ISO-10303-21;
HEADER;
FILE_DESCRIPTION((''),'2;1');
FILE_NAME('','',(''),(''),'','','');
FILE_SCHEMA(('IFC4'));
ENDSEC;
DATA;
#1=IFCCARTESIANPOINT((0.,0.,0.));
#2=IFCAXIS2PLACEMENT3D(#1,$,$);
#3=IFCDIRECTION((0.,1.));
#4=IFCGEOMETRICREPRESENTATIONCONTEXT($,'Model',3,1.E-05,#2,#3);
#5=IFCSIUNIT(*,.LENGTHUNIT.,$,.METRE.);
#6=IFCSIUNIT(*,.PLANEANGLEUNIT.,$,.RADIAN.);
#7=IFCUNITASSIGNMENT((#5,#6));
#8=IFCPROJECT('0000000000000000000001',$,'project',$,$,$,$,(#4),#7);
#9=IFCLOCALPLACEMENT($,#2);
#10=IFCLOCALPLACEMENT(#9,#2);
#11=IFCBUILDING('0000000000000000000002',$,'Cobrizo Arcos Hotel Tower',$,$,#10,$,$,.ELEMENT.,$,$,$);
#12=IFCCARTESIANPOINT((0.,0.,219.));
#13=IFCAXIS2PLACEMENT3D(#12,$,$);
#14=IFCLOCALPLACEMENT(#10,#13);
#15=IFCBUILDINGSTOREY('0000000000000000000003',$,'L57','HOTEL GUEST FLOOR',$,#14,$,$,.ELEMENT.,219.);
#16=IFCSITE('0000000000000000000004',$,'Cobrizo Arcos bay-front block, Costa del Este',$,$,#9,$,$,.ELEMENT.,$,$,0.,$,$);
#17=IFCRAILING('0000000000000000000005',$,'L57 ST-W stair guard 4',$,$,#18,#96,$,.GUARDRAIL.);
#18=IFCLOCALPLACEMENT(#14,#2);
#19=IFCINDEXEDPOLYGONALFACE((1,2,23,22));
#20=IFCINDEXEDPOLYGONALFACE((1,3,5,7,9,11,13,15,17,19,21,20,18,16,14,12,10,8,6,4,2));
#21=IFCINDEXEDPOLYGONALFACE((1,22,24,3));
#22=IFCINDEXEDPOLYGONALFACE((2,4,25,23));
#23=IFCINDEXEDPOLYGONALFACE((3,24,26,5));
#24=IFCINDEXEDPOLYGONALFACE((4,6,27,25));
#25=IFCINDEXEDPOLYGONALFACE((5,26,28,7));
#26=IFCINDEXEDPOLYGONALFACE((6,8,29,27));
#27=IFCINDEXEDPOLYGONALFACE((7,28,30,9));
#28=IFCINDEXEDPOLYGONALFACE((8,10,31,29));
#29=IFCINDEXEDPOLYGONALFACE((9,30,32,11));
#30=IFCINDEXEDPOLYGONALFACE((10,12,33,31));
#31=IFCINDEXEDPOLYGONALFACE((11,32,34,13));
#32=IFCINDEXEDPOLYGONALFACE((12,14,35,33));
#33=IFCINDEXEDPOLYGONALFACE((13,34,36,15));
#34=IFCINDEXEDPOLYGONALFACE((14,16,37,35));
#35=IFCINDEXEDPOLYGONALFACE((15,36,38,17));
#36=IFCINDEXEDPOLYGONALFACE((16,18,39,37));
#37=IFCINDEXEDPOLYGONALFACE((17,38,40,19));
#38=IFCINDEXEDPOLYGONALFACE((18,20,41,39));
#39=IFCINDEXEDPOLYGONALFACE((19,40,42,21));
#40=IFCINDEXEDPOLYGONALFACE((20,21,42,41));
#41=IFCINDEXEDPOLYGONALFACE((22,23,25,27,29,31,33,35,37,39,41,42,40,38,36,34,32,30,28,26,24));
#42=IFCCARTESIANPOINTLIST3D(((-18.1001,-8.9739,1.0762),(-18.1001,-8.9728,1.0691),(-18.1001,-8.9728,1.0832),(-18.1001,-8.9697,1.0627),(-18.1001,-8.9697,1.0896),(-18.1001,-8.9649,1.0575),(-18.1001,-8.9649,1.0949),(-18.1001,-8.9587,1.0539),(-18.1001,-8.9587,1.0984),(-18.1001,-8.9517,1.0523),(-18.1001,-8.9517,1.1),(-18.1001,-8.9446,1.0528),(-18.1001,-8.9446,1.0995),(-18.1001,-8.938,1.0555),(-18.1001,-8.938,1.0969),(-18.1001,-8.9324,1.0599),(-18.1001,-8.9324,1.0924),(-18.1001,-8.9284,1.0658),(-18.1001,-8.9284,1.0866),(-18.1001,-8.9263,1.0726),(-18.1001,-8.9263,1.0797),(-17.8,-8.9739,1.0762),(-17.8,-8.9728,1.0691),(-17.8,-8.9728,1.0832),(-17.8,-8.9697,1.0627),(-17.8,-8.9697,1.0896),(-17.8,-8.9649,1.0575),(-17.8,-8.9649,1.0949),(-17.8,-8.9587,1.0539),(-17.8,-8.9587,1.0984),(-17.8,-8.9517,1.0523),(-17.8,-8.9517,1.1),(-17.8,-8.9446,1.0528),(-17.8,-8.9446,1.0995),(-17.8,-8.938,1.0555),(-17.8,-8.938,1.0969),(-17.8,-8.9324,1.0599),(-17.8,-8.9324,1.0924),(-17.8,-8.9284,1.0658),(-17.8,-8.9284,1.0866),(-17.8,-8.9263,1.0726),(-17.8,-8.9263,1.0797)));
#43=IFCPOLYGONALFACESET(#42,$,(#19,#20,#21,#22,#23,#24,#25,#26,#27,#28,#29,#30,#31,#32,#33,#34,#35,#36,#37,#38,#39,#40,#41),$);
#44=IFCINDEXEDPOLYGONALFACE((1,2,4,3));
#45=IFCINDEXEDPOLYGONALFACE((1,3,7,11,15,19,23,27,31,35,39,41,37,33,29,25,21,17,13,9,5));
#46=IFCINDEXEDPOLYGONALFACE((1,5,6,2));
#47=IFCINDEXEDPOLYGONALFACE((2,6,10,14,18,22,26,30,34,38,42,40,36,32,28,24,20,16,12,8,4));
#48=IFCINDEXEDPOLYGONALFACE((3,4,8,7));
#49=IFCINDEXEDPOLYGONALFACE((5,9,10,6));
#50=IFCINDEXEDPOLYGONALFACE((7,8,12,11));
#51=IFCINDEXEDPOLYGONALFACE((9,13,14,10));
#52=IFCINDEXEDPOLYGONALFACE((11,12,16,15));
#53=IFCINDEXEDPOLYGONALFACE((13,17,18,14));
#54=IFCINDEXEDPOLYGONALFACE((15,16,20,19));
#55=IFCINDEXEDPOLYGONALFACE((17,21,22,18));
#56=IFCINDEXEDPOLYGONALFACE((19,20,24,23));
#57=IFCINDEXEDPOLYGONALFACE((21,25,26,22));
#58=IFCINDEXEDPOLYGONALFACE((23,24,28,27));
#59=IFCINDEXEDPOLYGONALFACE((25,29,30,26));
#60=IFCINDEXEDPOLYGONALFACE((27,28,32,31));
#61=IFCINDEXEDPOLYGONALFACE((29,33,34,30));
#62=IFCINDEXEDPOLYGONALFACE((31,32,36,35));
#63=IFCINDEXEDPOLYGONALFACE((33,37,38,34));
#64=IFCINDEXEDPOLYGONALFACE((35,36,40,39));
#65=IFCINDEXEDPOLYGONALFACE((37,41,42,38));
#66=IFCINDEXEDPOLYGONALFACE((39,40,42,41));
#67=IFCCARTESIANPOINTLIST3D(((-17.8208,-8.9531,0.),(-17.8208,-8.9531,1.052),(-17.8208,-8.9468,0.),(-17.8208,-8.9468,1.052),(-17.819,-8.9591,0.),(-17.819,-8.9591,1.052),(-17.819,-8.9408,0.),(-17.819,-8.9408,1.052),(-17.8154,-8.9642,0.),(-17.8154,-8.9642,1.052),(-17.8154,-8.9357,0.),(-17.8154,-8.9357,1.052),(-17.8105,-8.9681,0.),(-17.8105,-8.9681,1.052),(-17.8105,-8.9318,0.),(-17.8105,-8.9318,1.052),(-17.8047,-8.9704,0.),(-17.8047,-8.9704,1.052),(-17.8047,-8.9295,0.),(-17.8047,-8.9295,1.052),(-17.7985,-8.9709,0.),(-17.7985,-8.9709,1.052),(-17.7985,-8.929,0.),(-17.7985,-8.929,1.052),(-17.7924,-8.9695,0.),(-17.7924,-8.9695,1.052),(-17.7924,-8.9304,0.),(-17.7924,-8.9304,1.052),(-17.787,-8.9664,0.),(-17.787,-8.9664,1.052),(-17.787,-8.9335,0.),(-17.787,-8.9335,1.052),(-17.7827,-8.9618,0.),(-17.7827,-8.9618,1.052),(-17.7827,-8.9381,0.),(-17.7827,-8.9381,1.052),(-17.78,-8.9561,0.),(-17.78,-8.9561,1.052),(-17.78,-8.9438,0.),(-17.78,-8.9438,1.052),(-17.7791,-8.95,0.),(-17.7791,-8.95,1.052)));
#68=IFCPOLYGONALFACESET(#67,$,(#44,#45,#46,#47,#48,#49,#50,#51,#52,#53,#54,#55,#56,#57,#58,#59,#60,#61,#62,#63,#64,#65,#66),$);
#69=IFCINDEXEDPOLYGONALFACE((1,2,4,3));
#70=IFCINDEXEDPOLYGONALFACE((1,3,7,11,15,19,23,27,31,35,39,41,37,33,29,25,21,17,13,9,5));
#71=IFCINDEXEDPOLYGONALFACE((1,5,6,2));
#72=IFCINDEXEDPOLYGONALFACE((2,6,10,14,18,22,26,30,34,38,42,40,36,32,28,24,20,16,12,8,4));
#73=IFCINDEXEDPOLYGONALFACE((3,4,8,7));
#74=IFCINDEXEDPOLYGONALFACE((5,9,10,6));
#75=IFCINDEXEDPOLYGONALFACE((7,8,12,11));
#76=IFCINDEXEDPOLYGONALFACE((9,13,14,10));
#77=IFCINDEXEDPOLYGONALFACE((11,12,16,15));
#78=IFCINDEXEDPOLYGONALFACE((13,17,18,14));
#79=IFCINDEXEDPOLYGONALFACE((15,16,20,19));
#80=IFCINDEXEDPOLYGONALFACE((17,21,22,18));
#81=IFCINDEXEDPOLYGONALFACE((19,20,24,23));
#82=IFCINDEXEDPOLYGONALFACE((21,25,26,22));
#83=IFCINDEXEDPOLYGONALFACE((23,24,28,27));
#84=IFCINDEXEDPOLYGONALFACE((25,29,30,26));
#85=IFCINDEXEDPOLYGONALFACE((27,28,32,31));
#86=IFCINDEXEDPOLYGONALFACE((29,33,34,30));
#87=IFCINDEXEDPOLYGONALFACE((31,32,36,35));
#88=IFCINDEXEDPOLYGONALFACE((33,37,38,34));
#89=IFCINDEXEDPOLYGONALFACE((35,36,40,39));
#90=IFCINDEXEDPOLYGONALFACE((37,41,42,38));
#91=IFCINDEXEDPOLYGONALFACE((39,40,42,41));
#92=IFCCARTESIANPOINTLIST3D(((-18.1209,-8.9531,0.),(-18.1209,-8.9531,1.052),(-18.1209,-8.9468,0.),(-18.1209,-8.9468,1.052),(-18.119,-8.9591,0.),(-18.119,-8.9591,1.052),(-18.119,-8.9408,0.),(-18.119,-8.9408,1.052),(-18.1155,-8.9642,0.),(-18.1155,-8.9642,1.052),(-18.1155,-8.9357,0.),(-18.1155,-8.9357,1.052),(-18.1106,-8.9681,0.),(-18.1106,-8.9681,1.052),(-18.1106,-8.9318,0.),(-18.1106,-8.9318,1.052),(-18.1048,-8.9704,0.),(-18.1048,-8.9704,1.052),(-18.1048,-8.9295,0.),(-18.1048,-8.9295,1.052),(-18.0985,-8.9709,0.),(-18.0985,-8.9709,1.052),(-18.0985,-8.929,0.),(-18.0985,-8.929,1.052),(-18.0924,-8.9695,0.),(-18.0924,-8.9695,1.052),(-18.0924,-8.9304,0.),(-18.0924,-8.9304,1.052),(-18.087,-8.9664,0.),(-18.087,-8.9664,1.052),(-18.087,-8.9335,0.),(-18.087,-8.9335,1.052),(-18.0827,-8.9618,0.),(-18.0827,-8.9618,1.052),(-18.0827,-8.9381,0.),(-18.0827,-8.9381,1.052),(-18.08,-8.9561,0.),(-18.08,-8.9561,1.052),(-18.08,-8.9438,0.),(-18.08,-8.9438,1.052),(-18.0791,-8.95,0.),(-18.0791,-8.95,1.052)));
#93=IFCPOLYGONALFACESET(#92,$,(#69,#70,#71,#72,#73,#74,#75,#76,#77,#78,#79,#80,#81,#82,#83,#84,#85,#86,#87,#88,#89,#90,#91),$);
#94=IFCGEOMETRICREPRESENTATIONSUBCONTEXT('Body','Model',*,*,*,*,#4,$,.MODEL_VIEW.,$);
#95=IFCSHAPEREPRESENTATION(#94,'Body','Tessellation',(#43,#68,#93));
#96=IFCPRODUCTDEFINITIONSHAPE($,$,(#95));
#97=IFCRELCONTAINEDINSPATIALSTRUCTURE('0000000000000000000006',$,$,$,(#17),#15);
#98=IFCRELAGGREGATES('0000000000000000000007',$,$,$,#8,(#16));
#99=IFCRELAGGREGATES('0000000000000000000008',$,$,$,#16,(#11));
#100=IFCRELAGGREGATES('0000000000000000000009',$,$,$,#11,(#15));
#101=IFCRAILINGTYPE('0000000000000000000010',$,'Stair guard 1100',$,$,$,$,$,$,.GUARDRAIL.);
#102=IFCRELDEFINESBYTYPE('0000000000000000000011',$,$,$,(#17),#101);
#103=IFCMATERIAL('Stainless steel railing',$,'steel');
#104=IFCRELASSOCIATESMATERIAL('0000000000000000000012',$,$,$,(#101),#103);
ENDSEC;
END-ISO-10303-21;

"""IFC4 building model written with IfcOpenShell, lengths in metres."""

from ifc_helpers import new_model, si_unit, direction, frame, origin, origin_2d, place, context, subcontext, project, spatial, circle, extrude, material, type_object, element, save


model = new_model("IFC4")

# Units and contexts
model_context = context("Model", 3, precision=1e-05, world=origin(), true_north=direction((0.0, 1.0)))
body_context = subcontext(model_context, "Body", "Model", "MODEL_VIEW")
ifc_project = project(units=[si_unit("LENGTHUNIT", "METRE"), si_unit("PLANEANGLEUNIT", "RADIAN")], contexts=[model_context])

# Site, building, storey
site_placement = place(None, origin())
site = spatial("IfcSite", under=ifc_project, at=site_placement, Name="Cobrizo Arcos bay-front block, Costa del Este", CompositionType="ELEMENT", RefElevation=0.0)
building_placement = place(site_placement, origin())
building = spatial("IfcBuilding", under=site, at=building_placement, Name="Cobrizo Arcos Hotel Tower", CompositionType="ELEMENT")
storey_placement = place(building_placement, frame((0.0, 0.0, 219.0)))
storey = spatial("IfcBuildingStorey", under=building, at=storey_placement, Name="L57", Description="HOTEL GUEST FLOOR", CompositionType="ELEMENT", Elevation=219.0)

# Railing
ifc_material_1 = material(Name="Stainless steel railing", Category="steel")
railing_type_1 = type_object("IfcRailingType", Name="Stair guard 1100", PredefinedType="GUARDRAIL", material=ifc_material_1)
railing_1_placement = place(storey_placement, frame((-17.8, -8.95, 0.0)))
element("IfcRailing", 1, at=railing_1_placement, inside=storey, type_object=railing_type_1, Name="L57 ST-W stair guard 4", PredefinedType="GUARDRAIL", context=body_context, shape_type="SweptSolid", body=[
    extrude(circle(Radius=0.0239, at=origin_2d()), frame((0.0, 0.0, 1.0762), z_axis=(-1.0, 0.0, 0.0), x_axis=(0.0, -1.0, 0.0)), (0.0, 0.0, 1.0), 0.3),
    extrude(circle(Radius=0.021, at=origin_2d()), origin(), (0.0, 0.0, 1.0), 1.052),
    extrude(circle(Radius=0.021, at=origin_2d()), frame((-0.3, 0.0, 0.0)), (0.0, 0.0, 1.0), 1.052),
])

save(model, "model.ifc")
